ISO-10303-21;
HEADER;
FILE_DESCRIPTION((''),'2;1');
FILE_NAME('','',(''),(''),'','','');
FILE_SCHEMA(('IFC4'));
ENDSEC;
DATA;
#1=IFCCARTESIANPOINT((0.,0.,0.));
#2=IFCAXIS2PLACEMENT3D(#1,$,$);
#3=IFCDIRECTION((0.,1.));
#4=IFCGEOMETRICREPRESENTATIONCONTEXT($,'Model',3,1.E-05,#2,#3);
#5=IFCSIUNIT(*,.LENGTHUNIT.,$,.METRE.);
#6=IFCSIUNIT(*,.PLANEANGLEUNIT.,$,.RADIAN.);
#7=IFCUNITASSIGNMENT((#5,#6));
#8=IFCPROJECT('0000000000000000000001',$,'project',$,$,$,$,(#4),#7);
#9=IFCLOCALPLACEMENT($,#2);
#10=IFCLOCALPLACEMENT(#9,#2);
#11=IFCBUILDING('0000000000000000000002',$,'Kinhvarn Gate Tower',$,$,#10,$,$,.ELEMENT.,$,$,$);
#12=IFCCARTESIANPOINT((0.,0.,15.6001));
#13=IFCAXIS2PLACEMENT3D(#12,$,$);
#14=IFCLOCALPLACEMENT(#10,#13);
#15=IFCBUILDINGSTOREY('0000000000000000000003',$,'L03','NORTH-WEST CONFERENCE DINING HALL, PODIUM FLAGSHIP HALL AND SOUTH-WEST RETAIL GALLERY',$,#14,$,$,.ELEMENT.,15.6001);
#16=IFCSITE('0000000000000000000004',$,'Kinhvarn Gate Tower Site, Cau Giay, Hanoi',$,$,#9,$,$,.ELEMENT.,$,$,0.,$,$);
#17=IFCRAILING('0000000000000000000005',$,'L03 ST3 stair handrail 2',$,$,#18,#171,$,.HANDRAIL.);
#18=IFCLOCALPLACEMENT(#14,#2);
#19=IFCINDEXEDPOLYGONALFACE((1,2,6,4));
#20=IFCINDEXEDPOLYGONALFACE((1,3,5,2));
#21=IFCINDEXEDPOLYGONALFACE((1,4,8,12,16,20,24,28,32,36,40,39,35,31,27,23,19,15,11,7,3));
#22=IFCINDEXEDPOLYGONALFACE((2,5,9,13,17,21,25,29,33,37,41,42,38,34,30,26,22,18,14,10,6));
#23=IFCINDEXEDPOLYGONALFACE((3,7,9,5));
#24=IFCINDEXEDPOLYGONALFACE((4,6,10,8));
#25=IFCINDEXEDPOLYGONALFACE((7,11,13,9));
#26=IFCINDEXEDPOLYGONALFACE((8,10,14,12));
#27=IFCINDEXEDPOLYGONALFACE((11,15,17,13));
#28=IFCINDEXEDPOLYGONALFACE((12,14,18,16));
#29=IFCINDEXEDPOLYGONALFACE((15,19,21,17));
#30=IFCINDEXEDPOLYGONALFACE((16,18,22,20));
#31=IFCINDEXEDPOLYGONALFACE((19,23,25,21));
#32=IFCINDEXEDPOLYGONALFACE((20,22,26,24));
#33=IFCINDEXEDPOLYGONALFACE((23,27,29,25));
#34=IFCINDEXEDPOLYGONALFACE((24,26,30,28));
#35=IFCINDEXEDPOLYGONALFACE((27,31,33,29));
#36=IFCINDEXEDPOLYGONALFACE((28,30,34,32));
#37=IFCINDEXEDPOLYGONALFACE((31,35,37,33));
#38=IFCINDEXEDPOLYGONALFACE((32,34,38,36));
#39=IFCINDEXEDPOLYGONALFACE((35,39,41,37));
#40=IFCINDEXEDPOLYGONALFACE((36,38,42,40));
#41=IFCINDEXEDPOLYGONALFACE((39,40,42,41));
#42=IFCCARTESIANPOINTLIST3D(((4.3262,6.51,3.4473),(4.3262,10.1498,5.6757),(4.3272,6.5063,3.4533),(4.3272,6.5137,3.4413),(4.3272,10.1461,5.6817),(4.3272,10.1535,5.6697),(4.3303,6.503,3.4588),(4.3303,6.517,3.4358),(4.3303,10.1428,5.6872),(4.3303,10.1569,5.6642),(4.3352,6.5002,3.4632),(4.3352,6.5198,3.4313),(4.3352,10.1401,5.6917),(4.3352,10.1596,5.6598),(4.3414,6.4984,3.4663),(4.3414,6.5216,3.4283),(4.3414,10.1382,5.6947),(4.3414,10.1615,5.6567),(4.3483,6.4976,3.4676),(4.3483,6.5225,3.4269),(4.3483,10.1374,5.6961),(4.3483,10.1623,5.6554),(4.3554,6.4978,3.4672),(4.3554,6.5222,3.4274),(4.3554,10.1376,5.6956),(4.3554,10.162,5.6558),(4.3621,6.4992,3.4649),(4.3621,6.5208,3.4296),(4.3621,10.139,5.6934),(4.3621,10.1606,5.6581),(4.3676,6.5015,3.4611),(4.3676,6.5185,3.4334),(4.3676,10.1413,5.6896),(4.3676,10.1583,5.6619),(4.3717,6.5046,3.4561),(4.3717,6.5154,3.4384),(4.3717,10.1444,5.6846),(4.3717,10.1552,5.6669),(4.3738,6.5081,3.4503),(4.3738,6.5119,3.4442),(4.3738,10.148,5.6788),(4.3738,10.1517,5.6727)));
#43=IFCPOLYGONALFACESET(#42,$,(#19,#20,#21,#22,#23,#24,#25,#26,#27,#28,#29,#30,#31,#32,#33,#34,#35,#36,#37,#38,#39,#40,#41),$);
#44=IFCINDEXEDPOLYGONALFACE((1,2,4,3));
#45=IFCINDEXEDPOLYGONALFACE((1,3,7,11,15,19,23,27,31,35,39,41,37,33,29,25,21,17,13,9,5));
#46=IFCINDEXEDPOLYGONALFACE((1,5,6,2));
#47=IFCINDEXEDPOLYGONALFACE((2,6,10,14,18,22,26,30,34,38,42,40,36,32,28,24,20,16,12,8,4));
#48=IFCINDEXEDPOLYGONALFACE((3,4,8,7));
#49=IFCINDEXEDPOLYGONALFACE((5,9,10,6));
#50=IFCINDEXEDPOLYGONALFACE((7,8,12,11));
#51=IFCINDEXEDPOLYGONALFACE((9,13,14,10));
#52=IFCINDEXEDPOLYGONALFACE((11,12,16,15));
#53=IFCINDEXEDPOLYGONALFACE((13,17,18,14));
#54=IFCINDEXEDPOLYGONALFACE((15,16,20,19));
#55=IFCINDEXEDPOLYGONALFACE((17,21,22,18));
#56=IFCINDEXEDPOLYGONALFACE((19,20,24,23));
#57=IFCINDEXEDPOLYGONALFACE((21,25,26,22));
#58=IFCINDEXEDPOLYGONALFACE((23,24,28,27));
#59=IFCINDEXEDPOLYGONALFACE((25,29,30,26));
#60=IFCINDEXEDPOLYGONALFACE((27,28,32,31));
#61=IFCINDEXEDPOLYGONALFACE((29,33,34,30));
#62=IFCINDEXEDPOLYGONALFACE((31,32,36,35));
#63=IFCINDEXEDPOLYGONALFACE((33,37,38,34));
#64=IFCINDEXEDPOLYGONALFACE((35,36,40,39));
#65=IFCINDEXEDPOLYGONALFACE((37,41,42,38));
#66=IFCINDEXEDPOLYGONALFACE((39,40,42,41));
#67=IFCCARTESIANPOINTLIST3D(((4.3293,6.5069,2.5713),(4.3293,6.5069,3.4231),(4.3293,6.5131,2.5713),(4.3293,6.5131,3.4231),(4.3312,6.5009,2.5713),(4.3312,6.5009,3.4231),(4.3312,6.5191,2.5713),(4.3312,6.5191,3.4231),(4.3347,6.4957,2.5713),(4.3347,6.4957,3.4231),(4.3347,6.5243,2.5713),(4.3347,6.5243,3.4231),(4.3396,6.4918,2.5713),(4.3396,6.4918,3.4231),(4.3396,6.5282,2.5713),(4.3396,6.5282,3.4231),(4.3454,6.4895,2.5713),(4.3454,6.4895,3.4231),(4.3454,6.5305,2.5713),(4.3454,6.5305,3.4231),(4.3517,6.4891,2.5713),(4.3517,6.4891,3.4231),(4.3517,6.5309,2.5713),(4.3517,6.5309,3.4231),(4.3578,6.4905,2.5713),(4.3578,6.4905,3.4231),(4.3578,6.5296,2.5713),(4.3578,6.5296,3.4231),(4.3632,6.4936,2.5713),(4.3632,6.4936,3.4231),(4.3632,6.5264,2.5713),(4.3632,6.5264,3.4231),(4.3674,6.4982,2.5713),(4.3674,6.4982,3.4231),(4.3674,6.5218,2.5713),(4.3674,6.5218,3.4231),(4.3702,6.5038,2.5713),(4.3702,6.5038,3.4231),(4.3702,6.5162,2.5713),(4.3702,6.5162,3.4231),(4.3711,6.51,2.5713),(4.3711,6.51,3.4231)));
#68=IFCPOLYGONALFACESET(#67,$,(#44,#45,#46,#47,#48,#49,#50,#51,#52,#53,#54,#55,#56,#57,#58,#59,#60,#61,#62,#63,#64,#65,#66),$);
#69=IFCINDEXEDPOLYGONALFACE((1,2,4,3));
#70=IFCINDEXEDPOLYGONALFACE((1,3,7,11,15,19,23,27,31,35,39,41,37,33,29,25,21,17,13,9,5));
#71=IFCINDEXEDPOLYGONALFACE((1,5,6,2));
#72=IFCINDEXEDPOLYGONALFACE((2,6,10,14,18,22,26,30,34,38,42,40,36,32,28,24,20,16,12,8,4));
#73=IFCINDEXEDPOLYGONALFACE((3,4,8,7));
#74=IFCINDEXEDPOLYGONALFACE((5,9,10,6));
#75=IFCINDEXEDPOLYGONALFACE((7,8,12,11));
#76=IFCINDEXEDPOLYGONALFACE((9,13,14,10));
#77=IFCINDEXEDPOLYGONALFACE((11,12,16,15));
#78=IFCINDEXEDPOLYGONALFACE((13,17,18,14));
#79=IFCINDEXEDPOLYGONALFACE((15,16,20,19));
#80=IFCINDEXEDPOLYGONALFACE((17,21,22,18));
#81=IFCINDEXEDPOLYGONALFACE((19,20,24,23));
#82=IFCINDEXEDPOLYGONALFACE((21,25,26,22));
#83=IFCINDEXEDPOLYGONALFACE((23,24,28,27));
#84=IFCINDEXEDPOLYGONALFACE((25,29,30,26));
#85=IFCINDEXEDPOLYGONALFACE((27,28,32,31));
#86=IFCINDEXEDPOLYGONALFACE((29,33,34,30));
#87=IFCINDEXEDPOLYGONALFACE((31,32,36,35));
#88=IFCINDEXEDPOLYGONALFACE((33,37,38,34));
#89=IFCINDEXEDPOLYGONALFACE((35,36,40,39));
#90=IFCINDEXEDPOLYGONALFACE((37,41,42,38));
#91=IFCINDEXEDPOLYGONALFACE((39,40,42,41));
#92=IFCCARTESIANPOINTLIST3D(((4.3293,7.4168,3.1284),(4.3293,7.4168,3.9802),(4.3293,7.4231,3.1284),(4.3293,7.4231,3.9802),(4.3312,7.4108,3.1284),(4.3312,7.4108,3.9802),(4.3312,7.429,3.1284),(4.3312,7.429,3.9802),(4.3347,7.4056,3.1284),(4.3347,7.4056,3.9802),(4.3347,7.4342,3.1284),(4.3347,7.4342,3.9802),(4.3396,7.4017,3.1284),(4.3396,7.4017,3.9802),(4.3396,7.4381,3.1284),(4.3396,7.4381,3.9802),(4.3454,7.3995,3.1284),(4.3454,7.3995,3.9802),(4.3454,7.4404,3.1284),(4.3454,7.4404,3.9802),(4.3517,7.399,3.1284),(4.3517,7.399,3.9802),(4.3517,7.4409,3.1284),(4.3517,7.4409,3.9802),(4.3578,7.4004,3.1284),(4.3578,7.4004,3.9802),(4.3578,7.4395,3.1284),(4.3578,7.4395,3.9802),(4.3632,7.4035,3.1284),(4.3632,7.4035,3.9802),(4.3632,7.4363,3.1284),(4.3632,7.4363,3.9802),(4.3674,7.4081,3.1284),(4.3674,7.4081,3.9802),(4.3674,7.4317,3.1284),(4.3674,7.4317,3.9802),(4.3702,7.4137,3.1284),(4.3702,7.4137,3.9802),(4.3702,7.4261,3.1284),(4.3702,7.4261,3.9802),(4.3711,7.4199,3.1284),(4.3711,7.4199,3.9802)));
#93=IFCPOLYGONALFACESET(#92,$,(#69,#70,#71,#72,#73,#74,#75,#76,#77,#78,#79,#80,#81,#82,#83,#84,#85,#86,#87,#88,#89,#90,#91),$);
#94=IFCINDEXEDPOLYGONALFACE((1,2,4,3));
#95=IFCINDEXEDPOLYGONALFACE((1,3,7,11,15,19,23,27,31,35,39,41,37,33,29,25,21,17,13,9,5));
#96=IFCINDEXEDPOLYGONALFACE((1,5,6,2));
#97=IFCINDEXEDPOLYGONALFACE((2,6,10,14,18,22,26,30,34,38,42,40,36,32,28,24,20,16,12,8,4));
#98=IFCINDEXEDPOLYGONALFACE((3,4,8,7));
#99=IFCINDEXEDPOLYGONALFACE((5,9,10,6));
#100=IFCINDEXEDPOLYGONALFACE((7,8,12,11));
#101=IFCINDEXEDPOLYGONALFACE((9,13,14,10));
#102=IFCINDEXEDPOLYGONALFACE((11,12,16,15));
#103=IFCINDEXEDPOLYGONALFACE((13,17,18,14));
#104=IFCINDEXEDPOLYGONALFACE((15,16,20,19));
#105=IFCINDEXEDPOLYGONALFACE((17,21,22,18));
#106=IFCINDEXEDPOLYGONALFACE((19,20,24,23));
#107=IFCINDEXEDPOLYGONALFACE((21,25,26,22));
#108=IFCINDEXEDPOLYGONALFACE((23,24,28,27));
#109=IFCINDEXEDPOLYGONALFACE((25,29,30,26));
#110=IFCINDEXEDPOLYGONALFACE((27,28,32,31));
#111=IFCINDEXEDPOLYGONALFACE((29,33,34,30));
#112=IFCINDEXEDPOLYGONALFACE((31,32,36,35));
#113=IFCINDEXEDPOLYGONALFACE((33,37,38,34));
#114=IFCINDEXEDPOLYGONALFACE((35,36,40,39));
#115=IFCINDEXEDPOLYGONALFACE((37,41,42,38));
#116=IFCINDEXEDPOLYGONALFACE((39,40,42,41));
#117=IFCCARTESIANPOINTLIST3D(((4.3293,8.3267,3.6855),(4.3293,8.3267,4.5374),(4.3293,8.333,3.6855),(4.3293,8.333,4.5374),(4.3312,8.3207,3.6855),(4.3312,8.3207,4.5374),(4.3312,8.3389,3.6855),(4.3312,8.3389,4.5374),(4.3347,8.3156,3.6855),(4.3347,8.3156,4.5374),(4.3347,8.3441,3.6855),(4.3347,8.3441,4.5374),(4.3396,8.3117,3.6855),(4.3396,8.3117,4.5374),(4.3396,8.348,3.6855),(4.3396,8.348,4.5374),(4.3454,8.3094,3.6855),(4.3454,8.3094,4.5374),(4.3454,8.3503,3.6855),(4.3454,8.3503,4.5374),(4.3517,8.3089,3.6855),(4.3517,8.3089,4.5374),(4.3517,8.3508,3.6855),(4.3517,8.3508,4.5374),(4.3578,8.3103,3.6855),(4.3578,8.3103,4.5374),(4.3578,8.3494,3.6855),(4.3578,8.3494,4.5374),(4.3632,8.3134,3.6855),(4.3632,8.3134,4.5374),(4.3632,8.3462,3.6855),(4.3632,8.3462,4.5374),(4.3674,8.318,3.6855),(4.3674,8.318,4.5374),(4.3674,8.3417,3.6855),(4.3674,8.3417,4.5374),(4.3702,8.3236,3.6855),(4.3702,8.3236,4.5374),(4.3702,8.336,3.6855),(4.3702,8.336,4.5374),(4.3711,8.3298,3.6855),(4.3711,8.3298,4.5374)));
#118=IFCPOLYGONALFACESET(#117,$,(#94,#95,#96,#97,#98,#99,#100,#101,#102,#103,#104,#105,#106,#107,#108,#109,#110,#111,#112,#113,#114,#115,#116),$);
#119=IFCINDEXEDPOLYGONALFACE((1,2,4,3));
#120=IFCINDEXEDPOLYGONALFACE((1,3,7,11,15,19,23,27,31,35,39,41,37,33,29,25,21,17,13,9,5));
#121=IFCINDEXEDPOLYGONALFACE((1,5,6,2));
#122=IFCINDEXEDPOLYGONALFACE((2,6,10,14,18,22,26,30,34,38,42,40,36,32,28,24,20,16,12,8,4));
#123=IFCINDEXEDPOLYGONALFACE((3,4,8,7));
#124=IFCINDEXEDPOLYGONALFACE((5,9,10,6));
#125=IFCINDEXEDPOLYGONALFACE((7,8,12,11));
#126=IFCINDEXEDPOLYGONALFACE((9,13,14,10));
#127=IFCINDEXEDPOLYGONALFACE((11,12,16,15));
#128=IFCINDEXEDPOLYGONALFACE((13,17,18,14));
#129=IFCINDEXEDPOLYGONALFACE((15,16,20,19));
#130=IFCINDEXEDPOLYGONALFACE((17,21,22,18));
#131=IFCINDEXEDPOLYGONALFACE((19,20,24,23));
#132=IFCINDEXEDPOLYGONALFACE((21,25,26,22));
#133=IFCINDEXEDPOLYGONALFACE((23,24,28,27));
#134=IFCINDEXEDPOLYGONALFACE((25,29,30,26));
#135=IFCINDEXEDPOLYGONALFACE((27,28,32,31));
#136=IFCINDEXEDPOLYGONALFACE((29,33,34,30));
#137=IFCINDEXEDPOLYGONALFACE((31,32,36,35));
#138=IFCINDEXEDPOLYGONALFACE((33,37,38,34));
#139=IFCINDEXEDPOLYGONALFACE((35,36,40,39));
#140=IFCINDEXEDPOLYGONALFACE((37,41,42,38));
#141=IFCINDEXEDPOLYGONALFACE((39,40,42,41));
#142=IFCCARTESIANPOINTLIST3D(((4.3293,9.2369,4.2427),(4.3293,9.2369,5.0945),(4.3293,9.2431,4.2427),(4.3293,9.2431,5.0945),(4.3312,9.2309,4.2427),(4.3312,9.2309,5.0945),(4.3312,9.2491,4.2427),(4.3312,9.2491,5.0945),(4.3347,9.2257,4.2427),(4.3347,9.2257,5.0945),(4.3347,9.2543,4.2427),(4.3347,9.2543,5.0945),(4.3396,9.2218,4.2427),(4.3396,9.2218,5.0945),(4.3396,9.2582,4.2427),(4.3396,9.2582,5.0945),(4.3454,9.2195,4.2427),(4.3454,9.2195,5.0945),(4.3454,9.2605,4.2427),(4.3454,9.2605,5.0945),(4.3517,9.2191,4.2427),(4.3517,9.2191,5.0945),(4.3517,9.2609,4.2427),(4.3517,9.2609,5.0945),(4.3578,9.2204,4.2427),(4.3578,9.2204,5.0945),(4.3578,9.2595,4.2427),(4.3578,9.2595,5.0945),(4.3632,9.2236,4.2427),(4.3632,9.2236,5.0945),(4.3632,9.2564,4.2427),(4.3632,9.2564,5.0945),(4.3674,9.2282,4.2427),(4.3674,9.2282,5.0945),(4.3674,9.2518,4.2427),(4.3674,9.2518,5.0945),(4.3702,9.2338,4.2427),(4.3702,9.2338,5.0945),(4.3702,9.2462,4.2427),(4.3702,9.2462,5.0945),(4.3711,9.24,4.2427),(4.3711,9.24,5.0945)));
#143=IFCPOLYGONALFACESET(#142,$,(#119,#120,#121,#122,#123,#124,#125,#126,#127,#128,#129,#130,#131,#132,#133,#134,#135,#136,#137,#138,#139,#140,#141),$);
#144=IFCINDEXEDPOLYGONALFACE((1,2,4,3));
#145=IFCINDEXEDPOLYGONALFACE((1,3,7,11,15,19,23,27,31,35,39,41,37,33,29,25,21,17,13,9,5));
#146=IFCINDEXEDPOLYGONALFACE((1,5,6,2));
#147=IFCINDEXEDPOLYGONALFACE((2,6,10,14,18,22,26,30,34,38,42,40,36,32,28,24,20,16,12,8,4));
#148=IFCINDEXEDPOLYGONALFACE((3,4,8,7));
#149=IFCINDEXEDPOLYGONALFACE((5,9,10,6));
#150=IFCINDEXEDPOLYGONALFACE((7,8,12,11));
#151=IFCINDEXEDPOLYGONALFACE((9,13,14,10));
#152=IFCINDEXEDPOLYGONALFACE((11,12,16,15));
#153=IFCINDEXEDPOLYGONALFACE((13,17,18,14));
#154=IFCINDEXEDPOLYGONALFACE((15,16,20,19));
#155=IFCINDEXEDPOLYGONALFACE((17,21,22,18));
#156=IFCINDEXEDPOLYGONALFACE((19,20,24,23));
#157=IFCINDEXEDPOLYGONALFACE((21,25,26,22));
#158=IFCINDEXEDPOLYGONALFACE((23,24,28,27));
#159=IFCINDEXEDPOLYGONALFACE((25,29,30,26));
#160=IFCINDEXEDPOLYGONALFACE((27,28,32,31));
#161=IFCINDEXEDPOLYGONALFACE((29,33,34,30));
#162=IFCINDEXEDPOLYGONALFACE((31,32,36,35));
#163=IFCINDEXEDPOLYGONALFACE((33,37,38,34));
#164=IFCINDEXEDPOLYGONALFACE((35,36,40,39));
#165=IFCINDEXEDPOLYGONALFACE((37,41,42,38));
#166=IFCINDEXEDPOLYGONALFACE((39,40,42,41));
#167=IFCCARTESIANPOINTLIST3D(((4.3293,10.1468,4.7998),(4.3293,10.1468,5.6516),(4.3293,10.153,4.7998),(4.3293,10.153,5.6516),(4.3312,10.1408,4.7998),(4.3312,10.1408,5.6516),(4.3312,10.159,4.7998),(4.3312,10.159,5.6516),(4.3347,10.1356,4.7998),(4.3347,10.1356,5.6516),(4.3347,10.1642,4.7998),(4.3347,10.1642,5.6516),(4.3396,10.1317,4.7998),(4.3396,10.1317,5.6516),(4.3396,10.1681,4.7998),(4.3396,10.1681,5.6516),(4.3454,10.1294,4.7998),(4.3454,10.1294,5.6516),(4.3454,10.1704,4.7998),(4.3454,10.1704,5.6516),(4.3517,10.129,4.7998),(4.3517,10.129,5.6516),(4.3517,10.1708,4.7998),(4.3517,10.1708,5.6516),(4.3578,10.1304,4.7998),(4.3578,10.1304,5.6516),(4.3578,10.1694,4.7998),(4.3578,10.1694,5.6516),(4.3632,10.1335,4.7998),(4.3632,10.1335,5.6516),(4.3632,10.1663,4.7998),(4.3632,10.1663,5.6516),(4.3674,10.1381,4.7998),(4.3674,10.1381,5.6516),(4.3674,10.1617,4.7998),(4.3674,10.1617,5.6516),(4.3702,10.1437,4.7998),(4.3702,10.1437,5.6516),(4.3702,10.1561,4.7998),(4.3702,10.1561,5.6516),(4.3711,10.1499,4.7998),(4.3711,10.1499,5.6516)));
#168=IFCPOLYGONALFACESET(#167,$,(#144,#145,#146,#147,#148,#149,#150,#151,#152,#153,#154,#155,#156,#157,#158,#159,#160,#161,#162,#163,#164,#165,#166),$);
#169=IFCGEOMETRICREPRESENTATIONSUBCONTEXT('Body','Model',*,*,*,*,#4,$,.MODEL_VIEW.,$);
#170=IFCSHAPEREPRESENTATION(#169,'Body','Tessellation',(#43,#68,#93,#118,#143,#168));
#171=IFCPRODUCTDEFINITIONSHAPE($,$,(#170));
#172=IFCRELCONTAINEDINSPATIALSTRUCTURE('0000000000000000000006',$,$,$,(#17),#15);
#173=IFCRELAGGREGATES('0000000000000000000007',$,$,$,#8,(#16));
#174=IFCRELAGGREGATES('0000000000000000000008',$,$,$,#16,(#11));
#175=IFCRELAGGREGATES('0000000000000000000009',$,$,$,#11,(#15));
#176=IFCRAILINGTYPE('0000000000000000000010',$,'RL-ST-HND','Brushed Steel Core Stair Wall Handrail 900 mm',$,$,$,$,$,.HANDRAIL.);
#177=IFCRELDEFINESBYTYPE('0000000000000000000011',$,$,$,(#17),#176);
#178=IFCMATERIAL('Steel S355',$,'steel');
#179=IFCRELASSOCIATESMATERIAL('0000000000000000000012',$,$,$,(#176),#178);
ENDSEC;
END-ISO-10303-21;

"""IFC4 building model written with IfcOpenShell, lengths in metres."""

from ifc_helpers import new_model, si_unit, direction, frame, origin, origin_2d, place, context, subcontext, project, spatial, circle, extrude, material, type_object, element, save


model = new_model("IFC4")

# Units and contexts
model_context = context("Model", 3, precision=1e-05, world=origin(), true_north=direction((0.0, 1.0)))
body_context = subcontext(model_context, "Body", "Model", "MODEL_VIEW")
ifc_project = project(units=[si_unit("LENGTHUNIT", "METRE"), si_unit("PLANEANGLEUNIT", "RADIAN")], contexts=[model_context])

# Site, building, storey
site_placement = place(None, origin())
site = spatial("IfcSite", under=ifc_project, at=site_placement, Name="Kinhvarn Gate Tower Site, Cau Giay, Hanoi", CompositionType="ELEMENT", RefElevation=0.0)
building_placement = place(site_placement, origin())
building = spatial("IfcBuilding", under=site, at=building_placement, Name="Kinhvarn Gate Tower", CompositionType="ELEMENT")
storey_placement = place(building_placement, frame((0.0, 0.0, 15.6001)))
storey = spatial("IfcBuildingStorey", under=building, at=storey_placement, Name="L03", Description="NORTH-WEST CONFERENCE DINING HALL, PODIUM FLAGSHIP HALL AND SOUTH-WEST RETAIL GALLERY", CompositionType="ELEMENT", Elevation=15.6001)

# Shared definitions
ifc_material_1 = material(Name="Steel S355", Category="steel")

# Railing
railing_type_1 = type_object("IfcRailingType", Name="RL-ST-HND", Description="Brushed Steel Core Stair Wall Handrail 900 mm", PredefinedType="HANDRAIL", material=ifc_material_1)
railing_1_placement = place(storey_placement, frame((4.3501, 6.51, 2.5713)))
element("IfcRailing", 1, at=railing_1_placement, inside=storey, type_object=railing_type_1, Name="L03 ST3 stair handrail 2", PredefinedType="HANDRAIL", context=body_context, shape_type="SweptSolid", body=[
    extrude(circle(Radius=0.0239, at=origin_2d()), frame((0.0, 0.0, 0.876), z_axis=(0.0, 0.85285, 0.522156), x_axis=(-1.0, 0.0, 0.0)), (0.0, 0.0, 1.0), 4.2678),
    extrude(circle(Radius=0.021, at=origin_2d()), origin(), (0.0, 0.0, 1.0), 0.8518),
    extrude(circle(Radius=0.021, at=origin_2d()), frame((0.0, 0.9099, 0.5571)), (0.0, 0.0, 1.0), 0.8518),
    extrude(circle(Radius=0.021, at=origin_2d()), frame((0.0, 1.8198, 1.1143)), (0.0, 0.0, 1.0), 0.8518),
    extrude(circle(Radius=0.021, at=origin_2d()), frame((0.0, 2.73, 1.6714)), (0.0, 0.0, 1.0), 0.8518),
    extrude(circle(Radius=0.021, at=origin_2d()), frame((0.0, 3.6399, 2.2285)), (0.0, 0.0, 1.0), 0.8518),
])

save(model, "model.ifc")
